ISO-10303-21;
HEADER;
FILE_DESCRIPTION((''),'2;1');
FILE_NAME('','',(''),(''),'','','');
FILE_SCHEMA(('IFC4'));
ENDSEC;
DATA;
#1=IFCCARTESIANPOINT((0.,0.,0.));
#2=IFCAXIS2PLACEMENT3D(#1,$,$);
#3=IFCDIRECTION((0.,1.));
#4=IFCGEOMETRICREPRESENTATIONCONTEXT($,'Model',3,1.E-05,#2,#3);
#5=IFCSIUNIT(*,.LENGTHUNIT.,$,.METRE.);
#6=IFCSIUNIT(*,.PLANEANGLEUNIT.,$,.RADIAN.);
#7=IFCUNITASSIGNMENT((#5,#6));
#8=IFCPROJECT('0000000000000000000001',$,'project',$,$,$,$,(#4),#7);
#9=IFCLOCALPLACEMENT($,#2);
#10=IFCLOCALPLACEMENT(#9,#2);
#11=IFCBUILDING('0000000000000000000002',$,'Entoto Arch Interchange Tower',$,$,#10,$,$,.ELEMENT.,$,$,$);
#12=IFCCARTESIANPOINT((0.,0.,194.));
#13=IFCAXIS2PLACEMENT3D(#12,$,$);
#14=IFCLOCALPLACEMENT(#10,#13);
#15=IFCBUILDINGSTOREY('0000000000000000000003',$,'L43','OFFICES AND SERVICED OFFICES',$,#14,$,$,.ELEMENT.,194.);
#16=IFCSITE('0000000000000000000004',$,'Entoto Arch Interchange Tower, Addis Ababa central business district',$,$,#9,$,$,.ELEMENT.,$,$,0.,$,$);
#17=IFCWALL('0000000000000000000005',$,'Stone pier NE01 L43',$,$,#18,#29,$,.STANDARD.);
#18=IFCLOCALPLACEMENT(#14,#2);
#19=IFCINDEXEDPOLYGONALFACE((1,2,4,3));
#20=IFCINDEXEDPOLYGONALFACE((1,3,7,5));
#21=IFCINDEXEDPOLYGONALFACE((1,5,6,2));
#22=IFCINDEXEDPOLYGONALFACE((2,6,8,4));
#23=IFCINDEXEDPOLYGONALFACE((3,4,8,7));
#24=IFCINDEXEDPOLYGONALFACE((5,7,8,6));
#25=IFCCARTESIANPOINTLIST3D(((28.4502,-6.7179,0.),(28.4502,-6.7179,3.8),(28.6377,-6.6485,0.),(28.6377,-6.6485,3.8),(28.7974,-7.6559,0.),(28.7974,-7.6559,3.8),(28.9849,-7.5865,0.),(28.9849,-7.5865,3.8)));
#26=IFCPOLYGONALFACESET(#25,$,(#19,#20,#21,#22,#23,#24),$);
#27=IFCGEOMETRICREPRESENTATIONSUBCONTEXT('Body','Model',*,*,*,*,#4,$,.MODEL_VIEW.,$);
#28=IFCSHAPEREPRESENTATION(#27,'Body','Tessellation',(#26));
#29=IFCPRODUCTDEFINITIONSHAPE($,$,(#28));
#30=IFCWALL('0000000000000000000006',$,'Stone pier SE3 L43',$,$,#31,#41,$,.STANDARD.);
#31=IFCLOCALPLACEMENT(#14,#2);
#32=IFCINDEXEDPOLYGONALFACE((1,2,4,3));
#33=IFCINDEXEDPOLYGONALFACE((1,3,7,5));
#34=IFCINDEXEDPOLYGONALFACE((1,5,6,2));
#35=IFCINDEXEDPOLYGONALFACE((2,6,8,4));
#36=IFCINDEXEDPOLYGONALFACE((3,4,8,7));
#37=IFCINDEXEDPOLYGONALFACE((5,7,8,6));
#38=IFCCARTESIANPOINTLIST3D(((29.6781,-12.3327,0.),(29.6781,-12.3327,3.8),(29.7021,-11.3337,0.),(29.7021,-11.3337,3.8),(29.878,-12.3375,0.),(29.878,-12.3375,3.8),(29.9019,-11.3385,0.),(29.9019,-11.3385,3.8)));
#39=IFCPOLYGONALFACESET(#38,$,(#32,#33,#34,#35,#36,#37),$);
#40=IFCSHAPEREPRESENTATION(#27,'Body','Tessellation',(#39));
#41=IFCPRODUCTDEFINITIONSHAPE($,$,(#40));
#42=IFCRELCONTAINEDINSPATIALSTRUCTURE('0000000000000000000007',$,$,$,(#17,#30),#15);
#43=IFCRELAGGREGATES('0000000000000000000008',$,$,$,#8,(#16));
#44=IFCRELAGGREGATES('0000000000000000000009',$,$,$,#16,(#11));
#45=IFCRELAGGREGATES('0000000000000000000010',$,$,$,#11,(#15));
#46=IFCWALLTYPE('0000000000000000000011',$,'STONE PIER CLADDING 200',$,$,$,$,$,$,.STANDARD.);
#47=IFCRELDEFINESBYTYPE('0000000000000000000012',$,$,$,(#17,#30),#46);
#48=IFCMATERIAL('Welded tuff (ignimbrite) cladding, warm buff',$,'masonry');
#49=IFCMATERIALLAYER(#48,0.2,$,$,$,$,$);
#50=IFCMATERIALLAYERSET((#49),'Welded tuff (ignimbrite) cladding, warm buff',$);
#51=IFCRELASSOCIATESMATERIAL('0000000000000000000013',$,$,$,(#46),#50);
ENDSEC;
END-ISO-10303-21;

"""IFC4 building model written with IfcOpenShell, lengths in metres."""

from ifc_helpers import new_model, si_unit, direction, frame, frame_2d, origin, place, context, subcontext, project, spatial, rectangle, extrude, material, layer, layer_set, type_object, element, save


model = new_model("IFC4")

# Units and contexts
model_context = context("Model", 3, precision=1e-05, world=origin(), true_north=direction((0.0, 1.0)))
body_context = subcontext(model_context, "Body", "Model", "MODEL_VIEW")
ifc_project = project(units=[si_unit("LENGTHUNIT", "METRE"), si_unit("PLANEANGLEUNIT", "RADIAN")], contexts=[model_context])

# Site, building, storey
site_placement = place(None, origin())
site = spatial("IfcSite", under=ifc_project, at=site_placement, Name="Entoto Arch Interchange Tower, Addis Ababa central business district", CompositionType="ELEMENT", RefElevation=0.0)
building_placement = place(site_placement, origin())
building = spatial("IfcBuilding", under=site, at=building_placement, Name="Entoto Arch Interchange Tower", CompositionType="ELEMENT")
storey_placement = place(building_placement, frame((0.0, 0.0, 194.0)))
storey = spatial("IfcBuildingStorey", under=building, at=storey_placement, Name="L43", Description="OFFICES AND SERVICED OFFICES", CompositionType="ELEMENT", Elevation=194.0)

# Shared definitions
ifc_material_1 = material(Name="Welded tuff (ignimbrite) cladding, warm buff", Category="masonry")

# Walls
ifc_layer_1 = layer(ifc_material_1, 0.2)
ifc_layer_set_1 = layer_set([ifc_layer_1], Name="Welded tuff (ignimbrite) cladding, warm buff")
wall_type_1 = type_object("IfcWallType", Name="STONE PIER CLADDING 200", PredefinedType="STANDARD", material=ifc_layer_set_1)
wall_1_placement = place(storey_placement, frame((28.8911, -7.6211, 0.0), z_axis=(0.0, 0.0, 1.0), x_axis=(-0.347108, 0.937825, 0.0)))
element("IfcWall", 1, at=wall_1_placement, inside=storey, type_object=wall_type_1, Name="Stone pier NE01 L43", PredefinedType="STANDARD", context=body_context, shape_type="SweptSolid", body=[
    extrude(rectangle(XDim=1.0002, YDim=0.2, at=frame_2d((0.5, 0.0))), origin(), (0.0, 0.0, 1.0), 3.8),
])
wall_2_placement = place(storey_placement, frame((29.7781, -12.335, 0.0), z_axis=(0.0, 0.0, 1.0), x_axis=(0.023942, 0.999713, 0.0)))
element("IfcWall", 2, at=wall_2_placement, inside=storey, type_object=wall_type_1, Name="Stone pier SE3 L43", PredefinedType="STANDARD", context=body_context, shape_type="SweptSolid", body=[
    extrude(rectangle(XDim=0.9993, YDim=0.2, at=frame_2d((0.4995, 0.0))), origin(), (0.0, 0.0, 1.0), 3.8),
])

save(model, "model.ifc")
